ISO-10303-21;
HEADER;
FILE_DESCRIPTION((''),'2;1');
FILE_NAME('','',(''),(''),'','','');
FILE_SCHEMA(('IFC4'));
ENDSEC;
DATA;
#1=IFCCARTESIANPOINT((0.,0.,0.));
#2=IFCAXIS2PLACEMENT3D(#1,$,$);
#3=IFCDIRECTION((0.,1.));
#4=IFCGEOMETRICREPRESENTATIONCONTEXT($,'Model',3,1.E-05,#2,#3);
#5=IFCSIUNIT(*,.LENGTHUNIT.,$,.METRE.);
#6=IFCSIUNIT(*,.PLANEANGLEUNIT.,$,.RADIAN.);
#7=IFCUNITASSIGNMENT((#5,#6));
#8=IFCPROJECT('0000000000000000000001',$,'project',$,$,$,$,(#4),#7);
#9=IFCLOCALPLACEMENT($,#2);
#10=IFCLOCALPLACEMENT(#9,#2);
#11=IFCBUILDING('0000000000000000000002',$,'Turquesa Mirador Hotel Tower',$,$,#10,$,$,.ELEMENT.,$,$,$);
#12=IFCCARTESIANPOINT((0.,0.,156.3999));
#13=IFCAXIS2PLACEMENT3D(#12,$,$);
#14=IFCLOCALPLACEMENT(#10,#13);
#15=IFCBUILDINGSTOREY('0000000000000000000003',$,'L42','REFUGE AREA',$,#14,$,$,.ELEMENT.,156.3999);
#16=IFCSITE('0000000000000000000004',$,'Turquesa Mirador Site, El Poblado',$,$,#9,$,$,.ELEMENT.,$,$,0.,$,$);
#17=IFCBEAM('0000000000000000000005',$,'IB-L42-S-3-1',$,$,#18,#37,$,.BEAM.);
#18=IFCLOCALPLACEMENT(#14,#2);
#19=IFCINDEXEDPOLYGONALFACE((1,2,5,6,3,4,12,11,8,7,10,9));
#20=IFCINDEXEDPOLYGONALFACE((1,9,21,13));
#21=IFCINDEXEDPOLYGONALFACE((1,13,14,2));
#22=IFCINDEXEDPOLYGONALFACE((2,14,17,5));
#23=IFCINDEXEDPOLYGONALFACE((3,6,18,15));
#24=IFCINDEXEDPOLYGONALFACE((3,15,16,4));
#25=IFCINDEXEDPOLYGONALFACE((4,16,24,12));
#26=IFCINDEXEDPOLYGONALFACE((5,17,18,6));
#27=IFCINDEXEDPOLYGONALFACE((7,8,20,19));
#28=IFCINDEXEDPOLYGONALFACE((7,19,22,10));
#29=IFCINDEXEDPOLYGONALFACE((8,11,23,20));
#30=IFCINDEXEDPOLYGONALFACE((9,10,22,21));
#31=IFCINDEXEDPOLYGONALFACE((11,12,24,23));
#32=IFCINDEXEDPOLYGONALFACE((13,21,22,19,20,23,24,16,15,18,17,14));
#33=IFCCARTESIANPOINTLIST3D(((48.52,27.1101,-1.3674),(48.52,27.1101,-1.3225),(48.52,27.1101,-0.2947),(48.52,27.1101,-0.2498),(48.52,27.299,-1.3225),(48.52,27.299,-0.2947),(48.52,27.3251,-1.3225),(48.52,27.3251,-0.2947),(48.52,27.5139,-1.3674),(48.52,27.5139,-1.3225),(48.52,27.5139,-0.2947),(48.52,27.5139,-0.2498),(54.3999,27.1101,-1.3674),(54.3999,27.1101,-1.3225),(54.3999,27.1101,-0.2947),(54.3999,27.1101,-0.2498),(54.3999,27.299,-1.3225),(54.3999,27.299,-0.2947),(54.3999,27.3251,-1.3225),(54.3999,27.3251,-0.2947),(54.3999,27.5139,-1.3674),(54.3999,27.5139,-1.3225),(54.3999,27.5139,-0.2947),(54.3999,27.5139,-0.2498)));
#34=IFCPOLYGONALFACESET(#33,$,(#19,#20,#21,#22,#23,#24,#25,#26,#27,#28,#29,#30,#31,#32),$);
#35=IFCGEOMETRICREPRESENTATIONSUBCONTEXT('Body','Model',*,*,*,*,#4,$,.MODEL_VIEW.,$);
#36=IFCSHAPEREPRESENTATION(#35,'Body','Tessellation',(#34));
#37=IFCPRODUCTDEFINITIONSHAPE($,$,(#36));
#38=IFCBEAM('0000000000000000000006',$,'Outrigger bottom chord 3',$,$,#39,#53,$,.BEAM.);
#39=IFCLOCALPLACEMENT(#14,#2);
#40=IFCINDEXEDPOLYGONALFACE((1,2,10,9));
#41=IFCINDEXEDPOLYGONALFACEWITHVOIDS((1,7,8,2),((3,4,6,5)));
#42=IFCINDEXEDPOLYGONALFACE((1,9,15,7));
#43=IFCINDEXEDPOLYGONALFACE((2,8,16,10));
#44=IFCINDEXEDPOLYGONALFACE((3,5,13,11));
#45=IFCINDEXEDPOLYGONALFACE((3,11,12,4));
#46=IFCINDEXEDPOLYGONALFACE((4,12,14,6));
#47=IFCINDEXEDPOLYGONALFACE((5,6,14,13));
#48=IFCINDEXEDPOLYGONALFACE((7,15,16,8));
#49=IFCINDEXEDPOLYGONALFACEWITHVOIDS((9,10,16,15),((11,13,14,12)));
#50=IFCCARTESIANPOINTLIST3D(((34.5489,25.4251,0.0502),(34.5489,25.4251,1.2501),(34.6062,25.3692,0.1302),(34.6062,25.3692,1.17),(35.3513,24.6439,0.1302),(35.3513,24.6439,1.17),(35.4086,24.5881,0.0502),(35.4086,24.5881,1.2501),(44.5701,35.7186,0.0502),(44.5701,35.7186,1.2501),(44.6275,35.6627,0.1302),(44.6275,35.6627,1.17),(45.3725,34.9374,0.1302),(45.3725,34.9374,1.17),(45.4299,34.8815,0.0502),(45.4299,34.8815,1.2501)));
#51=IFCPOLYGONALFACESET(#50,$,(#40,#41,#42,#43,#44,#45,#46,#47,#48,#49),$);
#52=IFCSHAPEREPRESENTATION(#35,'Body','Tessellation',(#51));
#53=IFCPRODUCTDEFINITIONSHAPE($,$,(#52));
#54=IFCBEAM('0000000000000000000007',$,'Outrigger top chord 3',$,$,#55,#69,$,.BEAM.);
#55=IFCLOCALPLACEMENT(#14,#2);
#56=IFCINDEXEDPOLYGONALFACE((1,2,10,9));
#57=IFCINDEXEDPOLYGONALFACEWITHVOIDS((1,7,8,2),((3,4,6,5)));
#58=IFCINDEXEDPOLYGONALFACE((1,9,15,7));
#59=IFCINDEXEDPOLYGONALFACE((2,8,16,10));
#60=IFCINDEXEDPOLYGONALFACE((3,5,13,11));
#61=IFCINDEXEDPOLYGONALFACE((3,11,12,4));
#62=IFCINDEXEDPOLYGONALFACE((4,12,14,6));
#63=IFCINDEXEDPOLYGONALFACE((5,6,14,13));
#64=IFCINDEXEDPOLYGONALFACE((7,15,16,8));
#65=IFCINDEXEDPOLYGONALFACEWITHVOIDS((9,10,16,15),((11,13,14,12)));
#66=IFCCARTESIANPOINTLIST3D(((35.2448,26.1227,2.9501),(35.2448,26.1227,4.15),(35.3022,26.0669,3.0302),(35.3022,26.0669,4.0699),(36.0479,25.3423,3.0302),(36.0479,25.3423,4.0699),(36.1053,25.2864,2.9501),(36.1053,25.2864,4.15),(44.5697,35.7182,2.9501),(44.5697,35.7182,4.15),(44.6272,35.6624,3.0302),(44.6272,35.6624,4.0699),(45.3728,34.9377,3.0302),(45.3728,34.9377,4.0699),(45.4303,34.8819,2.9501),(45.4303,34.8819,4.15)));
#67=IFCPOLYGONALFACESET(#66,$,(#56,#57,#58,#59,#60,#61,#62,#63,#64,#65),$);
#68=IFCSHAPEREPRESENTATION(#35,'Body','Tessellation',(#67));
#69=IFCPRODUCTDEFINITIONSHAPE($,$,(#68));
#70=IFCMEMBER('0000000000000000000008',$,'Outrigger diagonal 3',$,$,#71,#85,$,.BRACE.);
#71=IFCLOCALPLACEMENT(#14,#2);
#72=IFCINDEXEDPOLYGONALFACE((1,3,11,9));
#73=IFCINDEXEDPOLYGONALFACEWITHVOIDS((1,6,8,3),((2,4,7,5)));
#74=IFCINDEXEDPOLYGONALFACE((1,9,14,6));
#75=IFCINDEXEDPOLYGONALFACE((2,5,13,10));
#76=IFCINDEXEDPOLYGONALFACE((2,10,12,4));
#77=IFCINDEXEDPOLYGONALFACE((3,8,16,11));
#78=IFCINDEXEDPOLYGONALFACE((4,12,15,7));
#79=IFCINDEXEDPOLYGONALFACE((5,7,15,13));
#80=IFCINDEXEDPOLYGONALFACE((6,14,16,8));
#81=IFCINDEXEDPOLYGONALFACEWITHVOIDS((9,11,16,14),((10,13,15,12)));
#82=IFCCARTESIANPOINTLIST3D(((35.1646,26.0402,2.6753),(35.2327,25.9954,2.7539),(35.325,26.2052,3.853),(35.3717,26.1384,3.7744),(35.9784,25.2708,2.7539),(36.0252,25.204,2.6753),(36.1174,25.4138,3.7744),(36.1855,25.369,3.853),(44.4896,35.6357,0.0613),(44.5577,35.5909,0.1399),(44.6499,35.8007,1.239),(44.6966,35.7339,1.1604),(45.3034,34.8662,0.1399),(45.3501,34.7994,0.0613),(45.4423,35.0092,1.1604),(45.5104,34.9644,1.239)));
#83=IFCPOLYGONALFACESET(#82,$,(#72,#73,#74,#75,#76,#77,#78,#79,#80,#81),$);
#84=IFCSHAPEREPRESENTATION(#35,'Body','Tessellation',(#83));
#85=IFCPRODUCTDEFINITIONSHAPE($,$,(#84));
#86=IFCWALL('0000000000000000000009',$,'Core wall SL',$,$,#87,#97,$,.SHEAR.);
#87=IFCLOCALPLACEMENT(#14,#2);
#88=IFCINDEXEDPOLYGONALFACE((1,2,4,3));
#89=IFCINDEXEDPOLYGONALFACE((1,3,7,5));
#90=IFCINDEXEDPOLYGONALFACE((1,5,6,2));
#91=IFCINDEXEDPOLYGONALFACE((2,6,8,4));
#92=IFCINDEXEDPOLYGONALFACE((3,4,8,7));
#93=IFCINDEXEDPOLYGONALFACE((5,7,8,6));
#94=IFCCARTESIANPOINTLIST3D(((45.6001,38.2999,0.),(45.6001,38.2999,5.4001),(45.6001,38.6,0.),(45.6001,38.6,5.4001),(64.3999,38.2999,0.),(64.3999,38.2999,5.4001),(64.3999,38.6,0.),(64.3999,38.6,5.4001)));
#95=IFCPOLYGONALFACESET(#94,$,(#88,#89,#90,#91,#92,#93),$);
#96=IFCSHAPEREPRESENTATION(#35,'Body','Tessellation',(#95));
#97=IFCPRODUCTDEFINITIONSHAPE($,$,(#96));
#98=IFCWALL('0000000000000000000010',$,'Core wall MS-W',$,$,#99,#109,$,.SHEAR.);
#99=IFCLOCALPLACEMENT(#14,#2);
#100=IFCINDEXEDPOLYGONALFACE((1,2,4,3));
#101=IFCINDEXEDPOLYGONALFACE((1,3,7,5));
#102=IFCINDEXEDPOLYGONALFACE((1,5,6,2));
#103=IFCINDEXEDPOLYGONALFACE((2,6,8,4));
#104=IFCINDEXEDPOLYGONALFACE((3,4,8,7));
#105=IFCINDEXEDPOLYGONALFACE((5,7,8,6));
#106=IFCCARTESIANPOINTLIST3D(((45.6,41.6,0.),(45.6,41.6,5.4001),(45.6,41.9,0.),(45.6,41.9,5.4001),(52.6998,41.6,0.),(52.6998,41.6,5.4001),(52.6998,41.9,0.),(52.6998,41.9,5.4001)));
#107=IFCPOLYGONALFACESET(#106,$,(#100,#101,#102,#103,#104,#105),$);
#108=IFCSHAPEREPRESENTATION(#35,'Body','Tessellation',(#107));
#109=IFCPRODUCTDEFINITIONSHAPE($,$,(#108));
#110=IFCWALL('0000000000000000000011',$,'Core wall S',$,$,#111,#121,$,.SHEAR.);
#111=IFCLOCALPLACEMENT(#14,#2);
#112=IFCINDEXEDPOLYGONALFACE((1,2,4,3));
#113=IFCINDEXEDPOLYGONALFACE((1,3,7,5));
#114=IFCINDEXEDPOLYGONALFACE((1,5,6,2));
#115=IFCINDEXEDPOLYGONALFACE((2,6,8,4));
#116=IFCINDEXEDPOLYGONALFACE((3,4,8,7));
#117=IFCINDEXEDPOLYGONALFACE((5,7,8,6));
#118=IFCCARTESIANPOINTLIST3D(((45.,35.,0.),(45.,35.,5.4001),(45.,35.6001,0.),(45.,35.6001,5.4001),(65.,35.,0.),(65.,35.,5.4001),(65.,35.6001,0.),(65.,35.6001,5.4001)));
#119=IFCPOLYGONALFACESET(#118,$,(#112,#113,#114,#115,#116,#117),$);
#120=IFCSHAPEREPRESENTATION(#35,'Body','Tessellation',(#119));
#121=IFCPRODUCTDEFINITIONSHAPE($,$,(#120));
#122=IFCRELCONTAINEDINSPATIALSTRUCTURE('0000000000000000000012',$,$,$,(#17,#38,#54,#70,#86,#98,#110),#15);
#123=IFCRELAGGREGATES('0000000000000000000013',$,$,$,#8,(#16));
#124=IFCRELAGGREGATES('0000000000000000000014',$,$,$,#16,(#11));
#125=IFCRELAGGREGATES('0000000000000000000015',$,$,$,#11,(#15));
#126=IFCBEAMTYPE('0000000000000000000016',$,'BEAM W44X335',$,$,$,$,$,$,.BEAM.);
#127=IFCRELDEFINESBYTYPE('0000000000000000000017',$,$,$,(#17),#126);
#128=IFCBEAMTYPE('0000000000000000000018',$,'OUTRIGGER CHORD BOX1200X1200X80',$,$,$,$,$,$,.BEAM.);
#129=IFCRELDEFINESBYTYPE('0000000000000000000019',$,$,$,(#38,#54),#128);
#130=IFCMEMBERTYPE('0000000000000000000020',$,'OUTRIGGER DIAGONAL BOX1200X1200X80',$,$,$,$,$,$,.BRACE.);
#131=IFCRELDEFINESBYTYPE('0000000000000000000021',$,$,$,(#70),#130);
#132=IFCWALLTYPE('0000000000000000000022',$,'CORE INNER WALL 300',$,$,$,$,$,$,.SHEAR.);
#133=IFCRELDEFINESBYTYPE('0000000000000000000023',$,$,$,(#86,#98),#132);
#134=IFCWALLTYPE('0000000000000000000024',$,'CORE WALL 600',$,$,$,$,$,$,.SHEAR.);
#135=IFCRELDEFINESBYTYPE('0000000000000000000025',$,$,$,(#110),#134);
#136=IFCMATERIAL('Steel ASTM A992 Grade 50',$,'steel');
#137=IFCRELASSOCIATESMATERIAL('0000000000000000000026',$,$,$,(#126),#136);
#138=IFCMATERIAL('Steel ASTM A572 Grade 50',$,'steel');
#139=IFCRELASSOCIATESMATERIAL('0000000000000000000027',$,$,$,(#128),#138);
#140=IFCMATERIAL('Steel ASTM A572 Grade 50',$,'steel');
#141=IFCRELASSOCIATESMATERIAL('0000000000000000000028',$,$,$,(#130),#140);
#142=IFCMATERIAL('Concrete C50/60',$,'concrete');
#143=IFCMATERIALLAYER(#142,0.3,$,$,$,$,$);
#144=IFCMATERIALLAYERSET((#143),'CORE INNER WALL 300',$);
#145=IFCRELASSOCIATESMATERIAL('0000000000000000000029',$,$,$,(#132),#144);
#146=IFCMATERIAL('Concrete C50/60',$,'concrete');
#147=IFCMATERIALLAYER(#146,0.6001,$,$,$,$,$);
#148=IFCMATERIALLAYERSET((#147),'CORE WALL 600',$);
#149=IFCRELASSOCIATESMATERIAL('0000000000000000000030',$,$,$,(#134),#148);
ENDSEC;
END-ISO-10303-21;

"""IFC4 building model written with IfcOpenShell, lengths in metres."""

from ifc_helpers import new_model, si_unit, direction, frame, frame_2d, origin, origin_2d, place, context, subcontext, project, spatial, rectangle, hollow_rectangle, i_section, extrude, material, layer, layer_set, material_profile, profile_set, type_object, element, save


model = new_model("IFC4")

# Units and contexts
model_context = context("Model", 3, precision=1e-05, world=origin(), true_north=direction((0.0, 1.0)))
body_context = subcontext(model_context, "Body", "Model", "MODEL_VIEW")
ifc_project = project(units=[si_unit("LENGTHUNIT", "METRE"), si_unit("PLANEANGLEUNIT", "RADIAN")], contexts=[model_context])

# Site, building, storey
site_placement = place(None, origin())
site = spatial("IfcSite", under=ifc_project, at=site_placement, Name="Turquesa Mirador Site, El Poblado", CompositionType="ELEMENT", RefElevation=0.0)
building_placement = place(site_placement, origin())
building = spatial("IfcBuilding", under=site, at=building_placement, Name="Turquesa Mirador Hotel Tower", CompositionType="ELEMENT")
storey_placement = place(building_placement, frame((0.0, 0.0, 156.3999)))
storey = spatial("IfcBuildingStorey", under=building, at=storey_placement, Name="L42", Description="REFUGE AREA", CompositionType="ELEMENT", Elevation=156.3999)

# Beams
ifc_material_1 = material(Name="Steel ASTM A992 Grade 50", Category="steel")
ifc_material_profile_1 = material_profile(ifc_material_1, i_section(OverallWidth=0.4038, OverallDepth=1.1177, WebThickness=0.0261, FlangeThickness=0.0449, at=origin_2d()), Name="W44X335")
ifc_profile_set_1 = profile_set([ifc_material_profile_1], Name="Steel ASTM A992 Grade 50")
beam_type_1 = type_object("IfcBeamType", Name="BEAM W44X335", PredefinedType="BEAM", material=ifc_profile_set_1)
beam_1_placement = place(storey_placement, frame((48.52, 27.312, -0.8086), z_axis=(1.0, 0.0, 0.0), x_axis=(0.0, 1.0, 0.0)))
element("IfcBeam", 1, at=beam_1_placement, inside=storey, type_object=beam_type_1, Name="IB-L42-S-3-1", PredefinedType="BEAM", context=body_context, shape_type="SweptSolid", body=[
    extrude(i_section(OverallWidth=0.4038, OverallDepth=1.1177, WebThickness=0.0261, FlangeThickness=0.0449, at=origin_2d()), origin(), (0.0, 0.0, 1.0), 5.8799),
])
ifc_material_2 = material(Name="Steel ASTM A572 Grade 50", Category="steel")
ifc_material_profile_2 = material_profile(ifc_material_2, hollow_rectangle(XDim=1.2, YDim=1.2, WallThickness=0.0801, at=origin_2d()), Name="BOX1200X1200X80")
ifc_profile_set_2 = profile_set([ifc_material_profile_2], Name="Steel ASTM A572 Grade 50")
beam_type_2 = type_object("IfcBeamType", Name="OUTRIGGER CHORD BOX1200X1200X80", PredefinedType="BEAM", material=ifc_profile_set_2)
beam_2_placement = place(storey_placement, frame((45.0, 35.3, 0.6501), z_axis=(-0.697569, -0.716518, 0.0), x_axis=(0.716518, -0.697569, 0.0)))
element("IfcBeam", 2, at=beam_2_placement, inside=storey, type_object=beam_type_2, Name="Outrigger bottom chord 3", PredefinedType="BEAM", context=body_context, shape_type="SweptSolid", body=[
    extrude(hollow_rectangle(XDim=1.2, YDim=1.2, WallThickness=0.0801, at=origin_2d()), origin(), (0.0, 0.0, 1.0), 14.366),
])
beam_3_placement = place(storey_placement, frame((45.0, 35.3, 3.55), z_axis=(-0.696926, -0.717143, 0.0), x_axis=(0.717143, -0.696926, 0.0)))
element("IfcBeam", 3, at=beam_3_placement, inside=storey, type_object=beam_type_2, Name="Outrigger top chord 3", PredefinedType="BEAM", context=body_context, shape_type="SweptSolid", body=[
    extrude(hollow_rectangle(XDim=1.2, YDim=1.2, WallThickness=0.0801, at=origin_2d()), origin(), (0.0, 0.0, 1.0), 13.3801),
])

# Member
ifc_material_3 = material(Name="Steel ASTM A572 Grade 50", Category="steel")
ifc_material_profile_3 = material_profile(ifc_material_3, hollow_rectangle(XDim=1.2, YDim=1.2, WallThickness=0.0801, at=origin_2d()), Name="BOX1200X1200X80")
ifc_profile_set_3 = profile_set([ifc_material_profile_3], Name="Steel ASTM A572 Grade 50")
member_type = type_object("IfcMemberType", Name="OUTRIGGER DIAGONAL BOX1200X1200X80", PredefinedType="BRACE", material=ifc_profile_set_3)
member_placement = place(storey_placement, frame((45.0, 35.3, 0.6501), z_axis=(-0.683995, -0.703837, 0.191741), x_axis=(0.717143, -0.696926, 0.0)))
element("IfcMember", 4, at=member_placement, inside=storey, type_object=member_type, Name="Outrigger diagonal 3", PredefinedType="BRACE", context=body_context, shape_type="SweptSolid", body=[
    extrude(hollow_rectangle(XDim=1.2, YDim=1.2, WallThickness=0.0801, at=origin_2d()), origin(), (0.0, 0.0, 1.0), 13.6331),
])

# Walls
ifc_material_4 = material(Name="Concrete C50/60", Category="concrete")
ifc_layer_1 = layer(ifc_material_4, 0.3)
ifc_layer_set_1 = layer_set([ifc_layer_1], Name="CORE INNER WALL 300")
wall_type_1 = type_object("IfcWallType", Name="CORE INNER WALL 300", PredefinedType="SHEAR", material=ifc_layer_set_1)
wall_1_placement = place(storey_placement, frame((45.6001, 38.45, 0.0), z_axis=(0.0, 0.0, 1.0), x_axis=(1.0, 0.0, 0.0)))
element("IfcWall", 5, at=wall_1_placement, inside=storey, type_object=wall_type_1, Name="Core wall SL", PredefinedType="SHEAR", context=body_context, shape_type="SweptSolid", body=[
    extrude(rectangle(XDim=18.7998, YDim=0.3, at=frame_2d((9.3999, 0.0))), origin(), (0.0, 0.0, 1.0), 5.4001),
])
wall_2_placement = place(storey_placement, frame((45.6001, 41.75, 0.0), z_axis=(0.0, 0.0, 1.0), x_axis=(1.0, 0.0, 0.0)))
element("IfcWall", 6, at=wall_2_placement, inside=storey, type_object=wall_type_1, Name="Core wall MS-W", PredefinedType="SHEAR", context=body_context, shape_type="SweptSolid", body=[
    extrude(rectangle(XDim=7.0999, YDim=0.3, at=frame_2d((3.5498, 0.0))), origin(), (0.0, 0.0, 1.0), 5.4001),
])
ifc_material_5 = material(Name="Concrete C50/60", Category="concrete")
ifc_layer_2 = layer(ifc_material_5, 0.6001)
ifc_layer_set_2 = layer_set([ifc_layer_2], Name="CORE WALL 600")
wall_type_2 = type_object("IfcWallType", Name="CORE WALL 600", PredefinedType="SHEAR", material=ifc_layer_set_2)
wall_3_placement = place(storey_placement, frame((45.0, 35.3, 0.0), z_axis=(0.0, 0.0, 1.0), x_axis=(1.0, 0.0, 0.0)))
element("IfcWall", 7, at=wall_3_placement, inside=storey, type_object=wall_type_2, Name="Core wall S", PredefinedType="SHEAR", context=body_context, shape_type="SweptSolid", body=[
    extrude(rectangle(XDim=20.0, YDim=0.6001, at=frame_2d((10.0, 0.0))), origin(), (0.0, 0.0, 1.0), 5.4001),
])

save(model, "model.ifc")
